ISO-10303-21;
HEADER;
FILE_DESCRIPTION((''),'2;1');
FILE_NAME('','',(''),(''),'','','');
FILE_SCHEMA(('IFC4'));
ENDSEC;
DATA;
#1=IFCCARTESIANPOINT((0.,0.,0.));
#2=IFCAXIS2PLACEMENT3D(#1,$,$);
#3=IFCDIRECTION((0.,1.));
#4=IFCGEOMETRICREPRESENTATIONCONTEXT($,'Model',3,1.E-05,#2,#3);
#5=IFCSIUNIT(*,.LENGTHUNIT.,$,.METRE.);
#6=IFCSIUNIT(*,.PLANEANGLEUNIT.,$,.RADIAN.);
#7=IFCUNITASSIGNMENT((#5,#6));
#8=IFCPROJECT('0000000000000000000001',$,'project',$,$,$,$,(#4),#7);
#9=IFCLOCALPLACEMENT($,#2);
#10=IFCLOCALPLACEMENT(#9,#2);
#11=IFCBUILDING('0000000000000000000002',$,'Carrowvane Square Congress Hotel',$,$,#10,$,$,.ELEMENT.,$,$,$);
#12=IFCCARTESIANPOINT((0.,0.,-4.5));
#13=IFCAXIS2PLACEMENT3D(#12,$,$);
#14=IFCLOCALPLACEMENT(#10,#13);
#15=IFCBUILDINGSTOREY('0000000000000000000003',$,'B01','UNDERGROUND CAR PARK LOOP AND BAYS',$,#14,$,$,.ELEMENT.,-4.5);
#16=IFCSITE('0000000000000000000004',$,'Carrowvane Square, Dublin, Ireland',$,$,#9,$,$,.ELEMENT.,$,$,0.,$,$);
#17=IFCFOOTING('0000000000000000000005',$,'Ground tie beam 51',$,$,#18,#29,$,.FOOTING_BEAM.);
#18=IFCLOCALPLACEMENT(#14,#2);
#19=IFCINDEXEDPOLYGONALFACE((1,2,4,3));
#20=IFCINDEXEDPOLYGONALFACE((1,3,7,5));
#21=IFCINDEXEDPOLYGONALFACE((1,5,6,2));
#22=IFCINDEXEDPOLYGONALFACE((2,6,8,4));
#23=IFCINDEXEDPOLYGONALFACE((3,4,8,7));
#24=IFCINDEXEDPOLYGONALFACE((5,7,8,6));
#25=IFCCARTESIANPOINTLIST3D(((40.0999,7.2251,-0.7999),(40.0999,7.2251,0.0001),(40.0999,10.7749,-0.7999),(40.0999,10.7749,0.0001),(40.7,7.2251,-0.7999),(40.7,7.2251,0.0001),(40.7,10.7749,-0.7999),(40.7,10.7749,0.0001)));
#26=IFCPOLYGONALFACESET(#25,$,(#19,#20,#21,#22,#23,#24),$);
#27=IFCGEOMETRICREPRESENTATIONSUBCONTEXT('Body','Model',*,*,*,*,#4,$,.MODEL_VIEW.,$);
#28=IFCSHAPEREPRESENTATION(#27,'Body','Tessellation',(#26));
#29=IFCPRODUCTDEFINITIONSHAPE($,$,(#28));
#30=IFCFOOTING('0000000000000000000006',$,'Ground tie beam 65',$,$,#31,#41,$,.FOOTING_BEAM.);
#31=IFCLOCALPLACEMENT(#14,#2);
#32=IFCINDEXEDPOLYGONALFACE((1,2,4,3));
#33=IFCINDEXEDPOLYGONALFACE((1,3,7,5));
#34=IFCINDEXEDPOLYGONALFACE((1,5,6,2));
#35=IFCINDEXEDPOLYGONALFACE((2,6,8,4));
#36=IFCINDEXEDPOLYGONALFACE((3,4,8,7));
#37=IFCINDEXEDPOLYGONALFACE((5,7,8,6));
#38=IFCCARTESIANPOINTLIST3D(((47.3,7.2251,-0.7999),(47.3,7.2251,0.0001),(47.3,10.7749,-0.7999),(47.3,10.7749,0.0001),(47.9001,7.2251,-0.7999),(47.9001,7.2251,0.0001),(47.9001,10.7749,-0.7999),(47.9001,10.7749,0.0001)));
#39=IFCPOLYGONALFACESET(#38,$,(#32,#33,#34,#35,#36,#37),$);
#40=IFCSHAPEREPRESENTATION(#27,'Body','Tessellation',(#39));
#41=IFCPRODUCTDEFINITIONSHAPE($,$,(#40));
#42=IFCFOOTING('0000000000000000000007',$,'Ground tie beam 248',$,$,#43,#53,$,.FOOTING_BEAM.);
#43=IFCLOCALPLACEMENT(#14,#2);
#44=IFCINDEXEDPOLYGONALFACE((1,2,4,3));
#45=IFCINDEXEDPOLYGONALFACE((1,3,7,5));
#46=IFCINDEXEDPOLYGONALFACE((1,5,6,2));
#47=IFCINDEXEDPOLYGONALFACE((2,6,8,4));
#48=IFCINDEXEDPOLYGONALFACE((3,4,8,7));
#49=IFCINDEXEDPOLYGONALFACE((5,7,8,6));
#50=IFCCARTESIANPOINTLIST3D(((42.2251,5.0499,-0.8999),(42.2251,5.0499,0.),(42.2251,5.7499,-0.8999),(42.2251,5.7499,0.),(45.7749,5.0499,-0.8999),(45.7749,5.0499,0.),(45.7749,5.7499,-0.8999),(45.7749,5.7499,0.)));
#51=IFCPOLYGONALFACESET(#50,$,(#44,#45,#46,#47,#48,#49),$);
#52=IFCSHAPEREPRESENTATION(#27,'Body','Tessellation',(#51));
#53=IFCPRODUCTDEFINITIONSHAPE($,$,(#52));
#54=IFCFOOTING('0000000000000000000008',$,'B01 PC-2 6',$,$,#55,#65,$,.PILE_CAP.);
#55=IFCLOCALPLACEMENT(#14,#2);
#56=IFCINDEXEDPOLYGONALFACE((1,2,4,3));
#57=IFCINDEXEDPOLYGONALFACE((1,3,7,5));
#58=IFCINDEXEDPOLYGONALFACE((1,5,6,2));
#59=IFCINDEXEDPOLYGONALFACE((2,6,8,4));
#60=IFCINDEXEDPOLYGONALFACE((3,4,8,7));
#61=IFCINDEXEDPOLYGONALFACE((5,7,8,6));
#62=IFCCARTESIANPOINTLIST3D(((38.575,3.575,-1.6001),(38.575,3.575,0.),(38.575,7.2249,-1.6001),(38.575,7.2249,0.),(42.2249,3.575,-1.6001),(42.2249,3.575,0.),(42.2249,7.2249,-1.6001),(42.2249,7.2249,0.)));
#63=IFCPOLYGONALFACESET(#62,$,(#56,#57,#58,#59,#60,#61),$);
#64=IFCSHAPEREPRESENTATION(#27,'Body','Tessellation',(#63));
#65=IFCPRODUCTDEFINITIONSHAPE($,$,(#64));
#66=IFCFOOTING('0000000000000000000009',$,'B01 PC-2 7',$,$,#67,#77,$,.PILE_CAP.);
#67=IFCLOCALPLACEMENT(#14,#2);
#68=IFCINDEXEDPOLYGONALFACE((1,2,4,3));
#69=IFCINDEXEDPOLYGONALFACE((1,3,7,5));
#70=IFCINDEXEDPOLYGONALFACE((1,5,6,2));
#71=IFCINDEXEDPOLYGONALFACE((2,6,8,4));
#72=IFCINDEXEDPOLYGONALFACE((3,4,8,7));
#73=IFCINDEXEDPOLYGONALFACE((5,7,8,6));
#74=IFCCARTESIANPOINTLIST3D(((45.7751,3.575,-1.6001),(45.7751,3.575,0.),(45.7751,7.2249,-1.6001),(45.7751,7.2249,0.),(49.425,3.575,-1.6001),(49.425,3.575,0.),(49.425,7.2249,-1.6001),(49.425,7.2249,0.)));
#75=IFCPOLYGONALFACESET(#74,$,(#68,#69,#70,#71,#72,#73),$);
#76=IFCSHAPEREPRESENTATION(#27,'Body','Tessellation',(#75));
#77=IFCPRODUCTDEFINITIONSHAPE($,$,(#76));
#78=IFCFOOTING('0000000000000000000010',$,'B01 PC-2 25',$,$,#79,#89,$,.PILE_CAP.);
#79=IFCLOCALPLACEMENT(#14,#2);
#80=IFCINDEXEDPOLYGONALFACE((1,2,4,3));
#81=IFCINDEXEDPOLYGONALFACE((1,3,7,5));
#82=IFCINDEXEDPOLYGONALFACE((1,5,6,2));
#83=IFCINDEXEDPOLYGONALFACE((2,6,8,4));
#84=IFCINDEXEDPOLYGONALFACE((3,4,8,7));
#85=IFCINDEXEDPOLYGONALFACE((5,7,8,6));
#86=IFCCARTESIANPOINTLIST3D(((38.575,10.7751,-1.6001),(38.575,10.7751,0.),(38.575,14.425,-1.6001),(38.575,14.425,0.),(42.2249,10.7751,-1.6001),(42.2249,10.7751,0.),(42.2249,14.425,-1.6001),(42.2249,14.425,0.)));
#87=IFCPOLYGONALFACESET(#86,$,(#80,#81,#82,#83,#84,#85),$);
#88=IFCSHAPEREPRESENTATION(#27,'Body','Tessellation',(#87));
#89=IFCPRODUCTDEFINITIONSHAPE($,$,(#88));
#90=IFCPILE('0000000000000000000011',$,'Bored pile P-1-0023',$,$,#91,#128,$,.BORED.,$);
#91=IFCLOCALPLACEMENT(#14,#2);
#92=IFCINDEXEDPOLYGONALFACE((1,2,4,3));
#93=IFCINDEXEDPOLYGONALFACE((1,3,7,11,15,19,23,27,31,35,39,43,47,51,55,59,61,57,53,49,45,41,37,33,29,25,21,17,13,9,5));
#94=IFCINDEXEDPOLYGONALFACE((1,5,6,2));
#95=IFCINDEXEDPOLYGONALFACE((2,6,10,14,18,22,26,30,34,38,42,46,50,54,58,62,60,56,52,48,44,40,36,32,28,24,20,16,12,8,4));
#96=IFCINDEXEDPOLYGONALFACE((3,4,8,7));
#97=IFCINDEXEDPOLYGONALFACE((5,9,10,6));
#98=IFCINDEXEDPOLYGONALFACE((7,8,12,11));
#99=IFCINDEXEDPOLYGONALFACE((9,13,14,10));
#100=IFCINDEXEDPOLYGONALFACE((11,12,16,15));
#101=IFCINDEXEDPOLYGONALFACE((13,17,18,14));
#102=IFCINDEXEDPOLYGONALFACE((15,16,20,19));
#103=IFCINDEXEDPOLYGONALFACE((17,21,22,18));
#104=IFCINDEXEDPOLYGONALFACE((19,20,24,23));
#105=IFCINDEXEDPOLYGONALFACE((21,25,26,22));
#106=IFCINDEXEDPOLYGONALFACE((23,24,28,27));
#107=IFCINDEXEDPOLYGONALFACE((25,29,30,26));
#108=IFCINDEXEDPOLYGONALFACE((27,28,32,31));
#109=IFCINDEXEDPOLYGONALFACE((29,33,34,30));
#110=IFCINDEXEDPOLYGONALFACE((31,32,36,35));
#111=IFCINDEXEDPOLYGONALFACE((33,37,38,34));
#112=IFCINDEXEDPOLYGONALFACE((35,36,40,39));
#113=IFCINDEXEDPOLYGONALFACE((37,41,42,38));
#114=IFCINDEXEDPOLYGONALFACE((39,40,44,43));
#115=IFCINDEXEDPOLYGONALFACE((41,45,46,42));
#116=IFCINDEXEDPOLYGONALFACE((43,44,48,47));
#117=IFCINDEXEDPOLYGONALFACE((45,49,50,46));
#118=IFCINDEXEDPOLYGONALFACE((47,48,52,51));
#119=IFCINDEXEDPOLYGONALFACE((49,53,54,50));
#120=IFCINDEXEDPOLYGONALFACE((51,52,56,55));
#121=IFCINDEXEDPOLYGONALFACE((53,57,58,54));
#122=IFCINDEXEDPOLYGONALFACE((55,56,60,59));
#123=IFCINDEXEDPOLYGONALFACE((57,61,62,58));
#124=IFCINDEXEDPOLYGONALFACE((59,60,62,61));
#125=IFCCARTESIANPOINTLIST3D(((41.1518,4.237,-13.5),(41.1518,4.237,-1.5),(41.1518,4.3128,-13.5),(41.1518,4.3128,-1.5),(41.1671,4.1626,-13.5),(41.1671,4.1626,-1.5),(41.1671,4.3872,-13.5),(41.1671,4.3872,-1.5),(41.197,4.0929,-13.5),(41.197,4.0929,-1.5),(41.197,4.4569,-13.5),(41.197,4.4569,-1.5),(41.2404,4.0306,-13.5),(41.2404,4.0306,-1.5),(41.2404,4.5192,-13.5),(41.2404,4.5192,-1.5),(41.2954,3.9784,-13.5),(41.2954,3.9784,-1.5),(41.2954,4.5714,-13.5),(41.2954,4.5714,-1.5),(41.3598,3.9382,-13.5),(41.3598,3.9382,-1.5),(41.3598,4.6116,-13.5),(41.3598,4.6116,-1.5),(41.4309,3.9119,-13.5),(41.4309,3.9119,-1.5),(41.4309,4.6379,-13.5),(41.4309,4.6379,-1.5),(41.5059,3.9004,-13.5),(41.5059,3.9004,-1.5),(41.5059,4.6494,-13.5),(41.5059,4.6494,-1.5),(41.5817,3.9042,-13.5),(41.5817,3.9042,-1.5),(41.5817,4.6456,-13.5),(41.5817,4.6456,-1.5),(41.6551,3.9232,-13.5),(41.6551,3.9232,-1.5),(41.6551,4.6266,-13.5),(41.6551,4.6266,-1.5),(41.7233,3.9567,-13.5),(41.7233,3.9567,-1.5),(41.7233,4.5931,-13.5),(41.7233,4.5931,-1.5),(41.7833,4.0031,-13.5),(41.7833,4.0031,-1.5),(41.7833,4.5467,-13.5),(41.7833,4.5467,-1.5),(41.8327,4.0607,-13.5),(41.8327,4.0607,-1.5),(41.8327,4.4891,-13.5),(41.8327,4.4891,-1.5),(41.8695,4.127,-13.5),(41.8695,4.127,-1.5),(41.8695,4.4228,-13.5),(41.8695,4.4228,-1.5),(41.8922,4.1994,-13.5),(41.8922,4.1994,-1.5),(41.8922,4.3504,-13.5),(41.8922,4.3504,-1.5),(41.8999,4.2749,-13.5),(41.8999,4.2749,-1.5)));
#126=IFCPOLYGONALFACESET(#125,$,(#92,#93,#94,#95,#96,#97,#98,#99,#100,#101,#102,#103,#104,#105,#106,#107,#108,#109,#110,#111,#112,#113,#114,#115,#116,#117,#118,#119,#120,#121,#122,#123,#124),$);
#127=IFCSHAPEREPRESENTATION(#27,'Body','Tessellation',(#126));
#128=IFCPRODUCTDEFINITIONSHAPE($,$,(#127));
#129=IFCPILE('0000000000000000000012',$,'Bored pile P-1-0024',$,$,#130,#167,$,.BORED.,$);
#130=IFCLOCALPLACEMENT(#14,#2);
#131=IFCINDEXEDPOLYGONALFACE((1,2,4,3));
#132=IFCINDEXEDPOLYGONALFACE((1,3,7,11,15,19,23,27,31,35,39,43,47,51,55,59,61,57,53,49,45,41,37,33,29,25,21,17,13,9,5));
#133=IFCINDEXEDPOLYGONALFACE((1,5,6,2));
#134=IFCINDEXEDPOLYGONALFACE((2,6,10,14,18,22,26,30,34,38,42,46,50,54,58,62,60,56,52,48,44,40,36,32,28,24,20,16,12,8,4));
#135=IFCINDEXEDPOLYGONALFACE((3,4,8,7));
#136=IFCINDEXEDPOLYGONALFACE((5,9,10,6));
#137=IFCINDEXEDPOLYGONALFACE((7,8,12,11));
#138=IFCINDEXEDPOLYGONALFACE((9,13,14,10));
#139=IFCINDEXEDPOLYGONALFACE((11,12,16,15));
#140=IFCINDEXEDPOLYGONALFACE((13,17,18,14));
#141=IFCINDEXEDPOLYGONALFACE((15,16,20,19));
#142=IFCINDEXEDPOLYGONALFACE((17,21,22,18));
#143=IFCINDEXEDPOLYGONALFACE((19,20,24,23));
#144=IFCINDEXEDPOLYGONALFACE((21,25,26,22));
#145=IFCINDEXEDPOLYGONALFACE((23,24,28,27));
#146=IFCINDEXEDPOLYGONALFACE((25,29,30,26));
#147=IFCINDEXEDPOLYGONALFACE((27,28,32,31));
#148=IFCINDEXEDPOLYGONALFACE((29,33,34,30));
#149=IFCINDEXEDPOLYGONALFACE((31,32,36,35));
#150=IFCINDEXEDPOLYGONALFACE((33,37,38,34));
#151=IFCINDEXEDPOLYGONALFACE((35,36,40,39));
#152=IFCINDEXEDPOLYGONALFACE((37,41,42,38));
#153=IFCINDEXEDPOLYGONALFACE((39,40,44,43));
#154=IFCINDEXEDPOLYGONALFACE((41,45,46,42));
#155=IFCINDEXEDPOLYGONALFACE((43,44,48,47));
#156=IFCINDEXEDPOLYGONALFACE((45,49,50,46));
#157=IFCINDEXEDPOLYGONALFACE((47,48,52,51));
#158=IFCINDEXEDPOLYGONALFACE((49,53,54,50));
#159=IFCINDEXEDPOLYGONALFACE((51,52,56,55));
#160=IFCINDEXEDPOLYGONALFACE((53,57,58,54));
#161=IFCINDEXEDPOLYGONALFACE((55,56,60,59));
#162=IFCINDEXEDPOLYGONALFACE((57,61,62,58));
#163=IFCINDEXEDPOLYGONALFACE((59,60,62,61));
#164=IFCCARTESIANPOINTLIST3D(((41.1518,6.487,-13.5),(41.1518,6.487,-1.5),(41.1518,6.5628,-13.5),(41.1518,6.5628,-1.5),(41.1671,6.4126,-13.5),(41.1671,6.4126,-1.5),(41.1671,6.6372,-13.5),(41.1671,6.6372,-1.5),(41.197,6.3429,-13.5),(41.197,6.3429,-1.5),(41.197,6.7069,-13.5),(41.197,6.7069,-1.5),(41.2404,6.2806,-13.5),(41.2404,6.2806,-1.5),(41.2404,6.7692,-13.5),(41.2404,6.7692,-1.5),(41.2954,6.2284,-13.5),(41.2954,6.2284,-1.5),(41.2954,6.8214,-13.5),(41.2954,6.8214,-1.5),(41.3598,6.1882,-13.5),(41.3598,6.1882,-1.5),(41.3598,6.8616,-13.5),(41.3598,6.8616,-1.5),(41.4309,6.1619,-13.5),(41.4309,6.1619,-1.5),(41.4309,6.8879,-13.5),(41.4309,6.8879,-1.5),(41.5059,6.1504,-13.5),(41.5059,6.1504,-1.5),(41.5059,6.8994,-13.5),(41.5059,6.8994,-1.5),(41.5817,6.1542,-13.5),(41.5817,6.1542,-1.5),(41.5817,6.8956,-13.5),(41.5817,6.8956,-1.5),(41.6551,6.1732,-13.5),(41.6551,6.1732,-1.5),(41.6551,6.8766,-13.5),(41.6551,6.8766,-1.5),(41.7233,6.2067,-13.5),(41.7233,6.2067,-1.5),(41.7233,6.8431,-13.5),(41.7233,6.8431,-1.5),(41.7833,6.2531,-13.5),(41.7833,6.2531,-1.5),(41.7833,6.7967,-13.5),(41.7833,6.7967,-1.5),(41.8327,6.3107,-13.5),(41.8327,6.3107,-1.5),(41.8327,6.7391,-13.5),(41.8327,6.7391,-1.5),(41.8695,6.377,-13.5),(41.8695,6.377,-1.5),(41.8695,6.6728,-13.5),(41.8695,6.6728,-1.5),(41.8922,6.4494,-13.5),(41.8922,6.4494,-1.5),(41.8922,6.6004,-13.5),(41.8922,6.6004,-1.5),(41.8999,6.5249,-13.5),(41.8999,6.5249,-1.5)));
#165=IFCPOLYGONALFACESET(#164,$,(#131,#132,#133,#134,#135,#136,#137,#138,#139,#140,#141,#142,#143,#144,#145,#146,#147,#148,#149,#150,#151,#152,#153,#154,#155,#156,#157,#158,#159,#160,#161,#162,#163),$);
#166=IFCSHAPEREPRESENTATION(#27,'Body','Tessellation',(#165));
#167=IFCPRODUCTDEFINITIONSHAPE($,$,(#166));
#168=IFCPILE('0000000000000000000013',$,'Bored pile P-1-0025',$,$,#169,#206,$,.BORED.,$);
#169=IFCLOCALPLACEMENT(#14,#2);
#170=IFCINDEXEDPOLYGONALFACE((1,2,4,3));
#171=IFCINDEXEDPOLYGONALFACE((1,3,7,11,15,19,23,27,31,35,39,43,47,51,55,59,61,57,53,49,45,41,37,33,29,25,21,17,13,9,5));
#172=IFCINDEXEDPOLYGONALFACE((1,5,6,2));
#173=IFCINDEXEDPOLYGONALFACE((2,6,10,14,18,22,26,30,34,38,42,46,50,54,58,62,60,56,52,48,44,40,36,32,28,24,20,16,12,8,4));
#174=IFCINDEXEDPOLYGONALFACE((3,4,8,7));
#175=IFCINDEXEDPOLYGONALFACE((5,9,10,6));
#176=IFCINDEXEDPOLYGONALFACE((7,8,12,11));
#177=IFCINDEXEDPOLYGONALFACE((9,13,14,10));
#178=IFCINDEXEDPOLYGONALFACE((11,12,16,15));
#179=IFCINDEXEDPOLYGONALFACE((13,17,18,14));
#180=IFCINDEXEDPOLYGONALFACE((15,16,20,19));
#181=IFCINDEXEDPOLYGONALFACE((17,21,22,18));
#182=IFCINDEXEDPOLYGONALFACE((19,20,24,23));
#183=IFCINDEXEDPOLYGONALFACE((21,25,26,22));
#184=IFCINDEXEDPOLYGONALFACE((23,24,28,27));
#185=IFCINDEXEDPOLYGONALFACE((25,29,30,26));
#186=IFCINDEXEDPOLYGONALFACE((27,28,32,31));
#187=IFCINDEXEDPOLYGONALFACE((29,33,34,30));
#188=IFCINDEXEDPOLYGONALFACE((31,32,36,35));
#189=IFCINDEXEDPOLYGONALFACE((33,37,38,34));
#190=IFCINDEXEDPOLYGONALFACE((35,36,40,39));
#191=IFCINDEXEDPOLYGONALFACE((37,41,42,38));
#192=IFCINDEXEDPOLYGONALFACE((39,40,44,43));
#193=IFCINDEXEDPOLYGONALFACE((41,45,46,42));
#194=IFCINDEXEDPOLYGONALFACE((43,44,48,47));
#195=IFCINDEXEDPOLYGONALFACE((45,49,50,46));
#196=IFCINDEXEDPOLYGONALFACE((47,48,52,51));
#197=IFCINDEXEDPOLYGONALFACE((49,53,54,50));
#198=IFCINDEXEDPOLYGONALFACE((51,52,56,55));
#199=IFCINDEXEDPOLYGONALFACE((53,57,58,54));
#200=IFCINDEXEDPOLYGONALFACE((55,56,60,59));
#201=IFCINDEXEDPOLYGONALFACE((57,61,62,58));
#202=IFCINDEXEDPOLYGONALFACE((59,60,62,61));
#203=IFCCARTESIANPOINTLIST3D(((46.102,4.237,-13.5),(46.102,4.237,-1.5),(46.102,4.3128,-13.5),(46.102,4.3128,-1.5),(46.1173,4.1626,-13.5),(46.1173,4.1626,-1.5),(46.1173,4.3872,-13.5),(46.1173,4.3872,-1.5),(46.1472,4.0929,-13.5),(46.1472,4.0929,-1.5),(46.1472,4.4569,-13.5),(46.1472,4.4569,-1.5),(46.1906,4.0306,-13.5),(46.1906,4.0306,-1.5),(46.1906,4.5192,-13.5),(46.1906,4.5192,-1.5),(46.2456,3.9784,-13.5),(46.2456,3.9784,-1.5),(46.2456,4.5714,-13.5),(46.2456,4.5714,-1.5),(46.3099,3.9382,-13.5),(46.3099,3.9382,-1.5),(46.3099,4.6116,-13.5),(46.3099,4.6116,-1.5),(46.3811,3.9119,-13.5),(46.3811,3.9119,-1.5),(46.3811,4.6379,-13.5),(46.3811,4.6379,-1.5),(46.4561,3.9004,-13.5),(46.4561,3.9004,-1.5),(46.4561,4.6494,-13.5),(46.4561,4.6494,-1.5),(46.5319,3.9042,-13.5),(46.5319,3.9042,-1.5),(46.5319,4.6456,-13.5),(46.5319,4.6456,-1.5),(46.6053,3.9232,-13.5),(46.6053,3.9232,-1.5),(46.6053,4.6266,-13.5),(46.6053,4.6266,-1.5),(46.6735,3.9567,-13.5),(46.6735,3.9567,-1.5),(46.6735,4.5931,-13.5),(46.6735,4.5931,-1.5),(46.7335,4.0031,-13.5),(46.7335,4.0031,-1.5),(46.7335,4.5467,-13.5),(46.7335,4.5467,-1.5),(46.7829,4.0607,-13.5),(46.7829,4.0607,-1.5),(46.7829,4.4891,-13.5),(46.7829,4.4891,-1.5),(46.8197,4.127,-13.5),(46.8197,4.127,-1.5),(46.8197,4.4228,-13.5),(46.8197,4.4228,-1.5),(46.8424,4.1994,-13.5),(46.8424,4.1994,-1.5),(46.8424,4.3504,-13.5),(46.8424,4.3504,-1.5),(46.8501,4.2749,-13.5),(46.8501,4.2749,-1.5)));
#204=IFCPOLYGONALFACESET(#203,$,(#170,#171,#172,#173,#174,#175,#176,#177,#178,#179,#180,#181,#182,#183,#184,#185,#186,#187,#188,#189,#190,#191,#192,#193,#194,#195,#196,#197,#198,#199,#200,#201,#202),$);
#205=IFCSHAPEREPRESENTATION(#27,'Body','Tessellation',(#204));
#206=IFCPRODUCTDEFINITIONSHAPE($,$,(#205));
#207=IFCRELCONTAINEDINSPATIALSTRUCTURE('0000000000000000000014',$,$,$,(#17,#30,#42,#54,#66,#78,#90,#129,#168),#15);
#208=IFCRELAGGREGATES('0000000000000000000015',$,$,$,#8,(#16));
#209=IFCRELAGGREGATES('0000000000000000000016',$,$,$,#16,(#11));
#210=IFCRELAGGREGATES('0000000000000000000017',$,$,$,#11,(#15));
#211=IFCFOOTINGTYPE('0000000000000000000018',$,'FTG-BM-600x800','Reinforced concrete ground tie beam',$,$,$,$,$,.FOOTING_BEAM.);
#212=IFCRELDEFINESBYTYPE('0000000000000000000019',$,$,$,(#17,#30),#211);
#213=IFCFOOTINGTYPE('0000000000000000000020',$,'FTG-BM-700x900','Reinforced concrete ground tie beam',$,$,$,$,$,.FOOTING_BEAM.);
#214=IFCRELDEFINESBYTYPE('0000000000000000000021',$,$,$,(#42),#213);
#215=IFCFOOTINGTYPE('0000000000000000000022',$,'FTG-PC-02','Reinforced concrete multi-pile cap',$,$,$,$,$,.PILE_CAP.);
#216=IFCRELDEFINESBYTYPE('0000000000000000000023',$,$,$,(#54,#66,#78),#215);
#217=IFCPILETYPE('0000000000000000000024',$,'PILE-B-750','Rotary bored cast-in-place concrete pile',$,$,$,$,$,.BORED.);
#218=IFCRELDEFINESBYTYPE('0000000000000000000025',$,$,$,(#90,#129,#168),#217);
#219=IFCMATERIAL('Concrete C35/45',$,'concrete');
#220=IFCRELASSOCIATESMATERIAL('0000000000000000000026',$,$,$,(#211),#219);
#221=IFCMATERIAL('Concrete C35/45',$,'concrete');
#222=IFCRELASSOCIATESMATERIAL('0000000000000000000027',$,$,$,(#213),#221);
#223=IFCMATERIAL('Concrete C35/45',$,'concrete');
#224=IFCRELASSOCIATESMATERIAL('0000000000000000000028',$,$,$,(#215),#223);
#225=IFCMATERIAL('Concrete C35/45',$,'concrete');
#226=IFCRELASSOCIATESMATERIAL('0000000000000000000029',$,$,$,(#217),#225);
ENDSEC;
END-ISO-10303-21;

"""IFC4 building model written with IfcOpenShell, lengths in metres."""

from ifc_helpers import new_model, si_unit, direction, frame, origin, origin_2d, place, context, subcontext, project, spatial, rectangle, circle, extrude, material, material_profile, profile_set, type_object, element, save


model = new_model("IFC4")

# Units and contexts
model_context = context("Model", 3, precision=1e-05, world=origin(), true_north=direction((0.0, 1.0)))
body_context = subcontext(model_context, "Body", "Model", "MODEL_VIEW")
ifc_project = project(units=[si_unit("LENGTHUNIT", "METRE"), si_unit("PLANEANGLEUNIT", "RADIAN")], contexts=[model_context])

# Site, building, storey
site_placement = place(None, origin())
site = spatial("IfcSite", under=ifc_project, at=site_placement, Name="Carrowvane Square, Dublin, Ireland", CompositionType="ELEMENT", RefElevation=0.0)
building_placement = place(site_placement, origin())
building = spatial("IfcBuilding", under=site, at=building_placement, Name="Carrowvane Square Congress Hotel", CompositionType="ELEMENT")
storey_placement = place(building_placement, frame((0.0, 0.0, -4.5)))
storey = spatial("IfcBuildingStorey", under=building, at=storey_placement, Name="B01", Description="UNDERGROUND CAR PARK LOOP AND BAYS", CompositionType="ELEMENT", Elevation=-4.5)

# Footings
ifc_material_1 = material(Name="Concrete C35/45", Category="concrete")
ifc_material_profile_1 = material_profile(ifc_material_1, rectangle(XDim=0.6001, YDim=0.8, at=origin_2d()), Name="RC 600x800")
ifc_profile_set_1 = profile_set([ifc_material_profile_1], Name="Concrete C35/45")
footing_type_1 = type_object("IfcFootingType", Name="FTG-BM-600x800", Description="Reinforced concrete ground tie beam", PredefinedType="FOOTING_BEAM", material=ifc_profile_set_1)
for number, where, z_axis, x_axis, name in (
    (1, (40.3999, 7.2251, -0.3999), (0.0, 1.0, 0.0), (-1.0, 0.0, 0.0), "Ground tie beam 51"),
    (2, (47.6001, 7.2251, -0.3999), (0.0, 1.0, 0.0), (-1.0, 0.0, 0.0), "Ground tie beam 65"),
):
    element("IfcFooting", number, at=place(storey_placement, frame(where, z_axis=z_axis, x_axis=x_axis)), inside=storey, type_object=footing_type_1, Name=name, PredefinedType="FOOTING_BEAM", context=body_context, shape_type="SweptSolid", body=[
        extrude(rectangle(XDim=0.6001, YDim=0.8, at=origin_2d()), origin(), (0.0, 0.0, 1.0), 3.5498),
    ])
ifc_material_2 = material(Name="Concrete C35/45", Category="concrete")
ifc_material_profile_2 = material_profile(ifc_material_2, rectangle(XDim=0.7, YDim=0.8999, at=origin_2d()), Name="RC 700x900")
ifc_profile_set_2 = profile_set([ifc_material_profile_2], Name="Concrete C35/45")
footing_type_2 = type_object("IfcFootingType", Name="FTG-BM-700x900", Description="Reinforced concrete ground tie beam", PredefinedType="FOOTING_BEAM", material=ifc_profile_set_2)
footing_placement = place(storey_placement, frame((42.2251, 5.3999, -0.45), z_axis=(1.0, 0.0, 0.0), x_axis=(0.0, 1.0, 0.0)))
element("IfcFooting", 3, at=footing_placement, inside=storey, type_object=footing_type_2, Name="Ground tie beam 248", PredefinedType="FOOTING_BEAM", context=body_context, shape_type="SweptSolid", body=[
    extrude(rectangle(XDim=0.7, YDim=0.8999, at=origin_2d()), origin(), (0.0, 0.0, 1.0), 3.5498),
])
ifc_material_3 = material(Name="Concrete C35/45", Category="concrete")
footing_type_3 = type_object("IfcFootingType", Name="FTG-PC-02", Description="Reinforced concrete multi-pile cap", PredefinedType="PILE_CAP", material=ifc_material_3)
for number, where, z_axis, x_axis, name in (
    (4, (40.3999, 5.3999, -1.6001), (0.0, 0.0, 1.0), (1.0, 0.0, 0.0), "B01 PC-2 6"),
    (5, (47.6001, 5.3999, -1.6001), (0.0, 0.0, 1.0), (1.0, 0.0, 0.0), "B01 PC-2 7"),
    (6, (40.3999, 12.6001, -1.6001), (0.0, 0.0, 1.0), (1.0, 0.0, 0.0), "B01 PC-2 25"),
):
    element("IfcFooting", number, at=place(storey_placement, frame(where, z_axis=z_axis, x_axis=x_axis)), inside=storey, type_object=footing_type_3, Name=name, PredefinedType="PILE_CAP", context=body_context, shape_type="SweptSolid", body=[
        extrude(rectangle(XDim=3.6499, YDim=3.6499, at=origin_2d()), origin(), (0.0, 0.0, 1.0), 1.6001),
    ])

# Piles
ifc_material_4 = material(Name="Concrete C35/45", Category="concrete")
ifc_material_profile_3 = material_profile(ifc_material_4, circle(Radius=0.375, at=origin_2d()), Name="PILE D750")
ifc_profile_set_3 = profile_set([ifc_material_profile_3], Name="Concrete C35/45")
pile_type = type_object("IfcPileType", Name="PILE-B-750", Description="Rotary bored cast-in-place concrete pile", PredefinedType="BORED", material=ifc_profile_set_3)
for number, where, z_axis, x_axis, name in (
    (7, (41.5249, 4.2749, -1.5), (0.0, 0.0, -1.0), (1.0, 0.0, 0.0), "Bored pile P-1-0023"),
    (8, (41.5249, 6.5249, -1.5), (0.0, 0.0, -1.0), (1.0, 0.0, 0.0), "Bored pile P-1-0024"),
    (9, (46.4751, 4.2749, -1.5), (0.0, 0.0, -1.0), (1.0, 0.0, 0.0), "Bored pile P-1-0025"),
):
    element("IfcPile", number, at=place(storey_placement, frame(where, z_axis=z_axis, x_axis=x_axis)), inside=storey, type_object=pile_type, Name=name, PredefinedType="BORED", context=body_context, shape_type="SweptSolid", body=[
        extrude(circle(Radius=0.375, at=origin_2d()), origin(), (0.0, 0.0, 1.0), 12.0),
    ])

save(model, "model.ifc")
